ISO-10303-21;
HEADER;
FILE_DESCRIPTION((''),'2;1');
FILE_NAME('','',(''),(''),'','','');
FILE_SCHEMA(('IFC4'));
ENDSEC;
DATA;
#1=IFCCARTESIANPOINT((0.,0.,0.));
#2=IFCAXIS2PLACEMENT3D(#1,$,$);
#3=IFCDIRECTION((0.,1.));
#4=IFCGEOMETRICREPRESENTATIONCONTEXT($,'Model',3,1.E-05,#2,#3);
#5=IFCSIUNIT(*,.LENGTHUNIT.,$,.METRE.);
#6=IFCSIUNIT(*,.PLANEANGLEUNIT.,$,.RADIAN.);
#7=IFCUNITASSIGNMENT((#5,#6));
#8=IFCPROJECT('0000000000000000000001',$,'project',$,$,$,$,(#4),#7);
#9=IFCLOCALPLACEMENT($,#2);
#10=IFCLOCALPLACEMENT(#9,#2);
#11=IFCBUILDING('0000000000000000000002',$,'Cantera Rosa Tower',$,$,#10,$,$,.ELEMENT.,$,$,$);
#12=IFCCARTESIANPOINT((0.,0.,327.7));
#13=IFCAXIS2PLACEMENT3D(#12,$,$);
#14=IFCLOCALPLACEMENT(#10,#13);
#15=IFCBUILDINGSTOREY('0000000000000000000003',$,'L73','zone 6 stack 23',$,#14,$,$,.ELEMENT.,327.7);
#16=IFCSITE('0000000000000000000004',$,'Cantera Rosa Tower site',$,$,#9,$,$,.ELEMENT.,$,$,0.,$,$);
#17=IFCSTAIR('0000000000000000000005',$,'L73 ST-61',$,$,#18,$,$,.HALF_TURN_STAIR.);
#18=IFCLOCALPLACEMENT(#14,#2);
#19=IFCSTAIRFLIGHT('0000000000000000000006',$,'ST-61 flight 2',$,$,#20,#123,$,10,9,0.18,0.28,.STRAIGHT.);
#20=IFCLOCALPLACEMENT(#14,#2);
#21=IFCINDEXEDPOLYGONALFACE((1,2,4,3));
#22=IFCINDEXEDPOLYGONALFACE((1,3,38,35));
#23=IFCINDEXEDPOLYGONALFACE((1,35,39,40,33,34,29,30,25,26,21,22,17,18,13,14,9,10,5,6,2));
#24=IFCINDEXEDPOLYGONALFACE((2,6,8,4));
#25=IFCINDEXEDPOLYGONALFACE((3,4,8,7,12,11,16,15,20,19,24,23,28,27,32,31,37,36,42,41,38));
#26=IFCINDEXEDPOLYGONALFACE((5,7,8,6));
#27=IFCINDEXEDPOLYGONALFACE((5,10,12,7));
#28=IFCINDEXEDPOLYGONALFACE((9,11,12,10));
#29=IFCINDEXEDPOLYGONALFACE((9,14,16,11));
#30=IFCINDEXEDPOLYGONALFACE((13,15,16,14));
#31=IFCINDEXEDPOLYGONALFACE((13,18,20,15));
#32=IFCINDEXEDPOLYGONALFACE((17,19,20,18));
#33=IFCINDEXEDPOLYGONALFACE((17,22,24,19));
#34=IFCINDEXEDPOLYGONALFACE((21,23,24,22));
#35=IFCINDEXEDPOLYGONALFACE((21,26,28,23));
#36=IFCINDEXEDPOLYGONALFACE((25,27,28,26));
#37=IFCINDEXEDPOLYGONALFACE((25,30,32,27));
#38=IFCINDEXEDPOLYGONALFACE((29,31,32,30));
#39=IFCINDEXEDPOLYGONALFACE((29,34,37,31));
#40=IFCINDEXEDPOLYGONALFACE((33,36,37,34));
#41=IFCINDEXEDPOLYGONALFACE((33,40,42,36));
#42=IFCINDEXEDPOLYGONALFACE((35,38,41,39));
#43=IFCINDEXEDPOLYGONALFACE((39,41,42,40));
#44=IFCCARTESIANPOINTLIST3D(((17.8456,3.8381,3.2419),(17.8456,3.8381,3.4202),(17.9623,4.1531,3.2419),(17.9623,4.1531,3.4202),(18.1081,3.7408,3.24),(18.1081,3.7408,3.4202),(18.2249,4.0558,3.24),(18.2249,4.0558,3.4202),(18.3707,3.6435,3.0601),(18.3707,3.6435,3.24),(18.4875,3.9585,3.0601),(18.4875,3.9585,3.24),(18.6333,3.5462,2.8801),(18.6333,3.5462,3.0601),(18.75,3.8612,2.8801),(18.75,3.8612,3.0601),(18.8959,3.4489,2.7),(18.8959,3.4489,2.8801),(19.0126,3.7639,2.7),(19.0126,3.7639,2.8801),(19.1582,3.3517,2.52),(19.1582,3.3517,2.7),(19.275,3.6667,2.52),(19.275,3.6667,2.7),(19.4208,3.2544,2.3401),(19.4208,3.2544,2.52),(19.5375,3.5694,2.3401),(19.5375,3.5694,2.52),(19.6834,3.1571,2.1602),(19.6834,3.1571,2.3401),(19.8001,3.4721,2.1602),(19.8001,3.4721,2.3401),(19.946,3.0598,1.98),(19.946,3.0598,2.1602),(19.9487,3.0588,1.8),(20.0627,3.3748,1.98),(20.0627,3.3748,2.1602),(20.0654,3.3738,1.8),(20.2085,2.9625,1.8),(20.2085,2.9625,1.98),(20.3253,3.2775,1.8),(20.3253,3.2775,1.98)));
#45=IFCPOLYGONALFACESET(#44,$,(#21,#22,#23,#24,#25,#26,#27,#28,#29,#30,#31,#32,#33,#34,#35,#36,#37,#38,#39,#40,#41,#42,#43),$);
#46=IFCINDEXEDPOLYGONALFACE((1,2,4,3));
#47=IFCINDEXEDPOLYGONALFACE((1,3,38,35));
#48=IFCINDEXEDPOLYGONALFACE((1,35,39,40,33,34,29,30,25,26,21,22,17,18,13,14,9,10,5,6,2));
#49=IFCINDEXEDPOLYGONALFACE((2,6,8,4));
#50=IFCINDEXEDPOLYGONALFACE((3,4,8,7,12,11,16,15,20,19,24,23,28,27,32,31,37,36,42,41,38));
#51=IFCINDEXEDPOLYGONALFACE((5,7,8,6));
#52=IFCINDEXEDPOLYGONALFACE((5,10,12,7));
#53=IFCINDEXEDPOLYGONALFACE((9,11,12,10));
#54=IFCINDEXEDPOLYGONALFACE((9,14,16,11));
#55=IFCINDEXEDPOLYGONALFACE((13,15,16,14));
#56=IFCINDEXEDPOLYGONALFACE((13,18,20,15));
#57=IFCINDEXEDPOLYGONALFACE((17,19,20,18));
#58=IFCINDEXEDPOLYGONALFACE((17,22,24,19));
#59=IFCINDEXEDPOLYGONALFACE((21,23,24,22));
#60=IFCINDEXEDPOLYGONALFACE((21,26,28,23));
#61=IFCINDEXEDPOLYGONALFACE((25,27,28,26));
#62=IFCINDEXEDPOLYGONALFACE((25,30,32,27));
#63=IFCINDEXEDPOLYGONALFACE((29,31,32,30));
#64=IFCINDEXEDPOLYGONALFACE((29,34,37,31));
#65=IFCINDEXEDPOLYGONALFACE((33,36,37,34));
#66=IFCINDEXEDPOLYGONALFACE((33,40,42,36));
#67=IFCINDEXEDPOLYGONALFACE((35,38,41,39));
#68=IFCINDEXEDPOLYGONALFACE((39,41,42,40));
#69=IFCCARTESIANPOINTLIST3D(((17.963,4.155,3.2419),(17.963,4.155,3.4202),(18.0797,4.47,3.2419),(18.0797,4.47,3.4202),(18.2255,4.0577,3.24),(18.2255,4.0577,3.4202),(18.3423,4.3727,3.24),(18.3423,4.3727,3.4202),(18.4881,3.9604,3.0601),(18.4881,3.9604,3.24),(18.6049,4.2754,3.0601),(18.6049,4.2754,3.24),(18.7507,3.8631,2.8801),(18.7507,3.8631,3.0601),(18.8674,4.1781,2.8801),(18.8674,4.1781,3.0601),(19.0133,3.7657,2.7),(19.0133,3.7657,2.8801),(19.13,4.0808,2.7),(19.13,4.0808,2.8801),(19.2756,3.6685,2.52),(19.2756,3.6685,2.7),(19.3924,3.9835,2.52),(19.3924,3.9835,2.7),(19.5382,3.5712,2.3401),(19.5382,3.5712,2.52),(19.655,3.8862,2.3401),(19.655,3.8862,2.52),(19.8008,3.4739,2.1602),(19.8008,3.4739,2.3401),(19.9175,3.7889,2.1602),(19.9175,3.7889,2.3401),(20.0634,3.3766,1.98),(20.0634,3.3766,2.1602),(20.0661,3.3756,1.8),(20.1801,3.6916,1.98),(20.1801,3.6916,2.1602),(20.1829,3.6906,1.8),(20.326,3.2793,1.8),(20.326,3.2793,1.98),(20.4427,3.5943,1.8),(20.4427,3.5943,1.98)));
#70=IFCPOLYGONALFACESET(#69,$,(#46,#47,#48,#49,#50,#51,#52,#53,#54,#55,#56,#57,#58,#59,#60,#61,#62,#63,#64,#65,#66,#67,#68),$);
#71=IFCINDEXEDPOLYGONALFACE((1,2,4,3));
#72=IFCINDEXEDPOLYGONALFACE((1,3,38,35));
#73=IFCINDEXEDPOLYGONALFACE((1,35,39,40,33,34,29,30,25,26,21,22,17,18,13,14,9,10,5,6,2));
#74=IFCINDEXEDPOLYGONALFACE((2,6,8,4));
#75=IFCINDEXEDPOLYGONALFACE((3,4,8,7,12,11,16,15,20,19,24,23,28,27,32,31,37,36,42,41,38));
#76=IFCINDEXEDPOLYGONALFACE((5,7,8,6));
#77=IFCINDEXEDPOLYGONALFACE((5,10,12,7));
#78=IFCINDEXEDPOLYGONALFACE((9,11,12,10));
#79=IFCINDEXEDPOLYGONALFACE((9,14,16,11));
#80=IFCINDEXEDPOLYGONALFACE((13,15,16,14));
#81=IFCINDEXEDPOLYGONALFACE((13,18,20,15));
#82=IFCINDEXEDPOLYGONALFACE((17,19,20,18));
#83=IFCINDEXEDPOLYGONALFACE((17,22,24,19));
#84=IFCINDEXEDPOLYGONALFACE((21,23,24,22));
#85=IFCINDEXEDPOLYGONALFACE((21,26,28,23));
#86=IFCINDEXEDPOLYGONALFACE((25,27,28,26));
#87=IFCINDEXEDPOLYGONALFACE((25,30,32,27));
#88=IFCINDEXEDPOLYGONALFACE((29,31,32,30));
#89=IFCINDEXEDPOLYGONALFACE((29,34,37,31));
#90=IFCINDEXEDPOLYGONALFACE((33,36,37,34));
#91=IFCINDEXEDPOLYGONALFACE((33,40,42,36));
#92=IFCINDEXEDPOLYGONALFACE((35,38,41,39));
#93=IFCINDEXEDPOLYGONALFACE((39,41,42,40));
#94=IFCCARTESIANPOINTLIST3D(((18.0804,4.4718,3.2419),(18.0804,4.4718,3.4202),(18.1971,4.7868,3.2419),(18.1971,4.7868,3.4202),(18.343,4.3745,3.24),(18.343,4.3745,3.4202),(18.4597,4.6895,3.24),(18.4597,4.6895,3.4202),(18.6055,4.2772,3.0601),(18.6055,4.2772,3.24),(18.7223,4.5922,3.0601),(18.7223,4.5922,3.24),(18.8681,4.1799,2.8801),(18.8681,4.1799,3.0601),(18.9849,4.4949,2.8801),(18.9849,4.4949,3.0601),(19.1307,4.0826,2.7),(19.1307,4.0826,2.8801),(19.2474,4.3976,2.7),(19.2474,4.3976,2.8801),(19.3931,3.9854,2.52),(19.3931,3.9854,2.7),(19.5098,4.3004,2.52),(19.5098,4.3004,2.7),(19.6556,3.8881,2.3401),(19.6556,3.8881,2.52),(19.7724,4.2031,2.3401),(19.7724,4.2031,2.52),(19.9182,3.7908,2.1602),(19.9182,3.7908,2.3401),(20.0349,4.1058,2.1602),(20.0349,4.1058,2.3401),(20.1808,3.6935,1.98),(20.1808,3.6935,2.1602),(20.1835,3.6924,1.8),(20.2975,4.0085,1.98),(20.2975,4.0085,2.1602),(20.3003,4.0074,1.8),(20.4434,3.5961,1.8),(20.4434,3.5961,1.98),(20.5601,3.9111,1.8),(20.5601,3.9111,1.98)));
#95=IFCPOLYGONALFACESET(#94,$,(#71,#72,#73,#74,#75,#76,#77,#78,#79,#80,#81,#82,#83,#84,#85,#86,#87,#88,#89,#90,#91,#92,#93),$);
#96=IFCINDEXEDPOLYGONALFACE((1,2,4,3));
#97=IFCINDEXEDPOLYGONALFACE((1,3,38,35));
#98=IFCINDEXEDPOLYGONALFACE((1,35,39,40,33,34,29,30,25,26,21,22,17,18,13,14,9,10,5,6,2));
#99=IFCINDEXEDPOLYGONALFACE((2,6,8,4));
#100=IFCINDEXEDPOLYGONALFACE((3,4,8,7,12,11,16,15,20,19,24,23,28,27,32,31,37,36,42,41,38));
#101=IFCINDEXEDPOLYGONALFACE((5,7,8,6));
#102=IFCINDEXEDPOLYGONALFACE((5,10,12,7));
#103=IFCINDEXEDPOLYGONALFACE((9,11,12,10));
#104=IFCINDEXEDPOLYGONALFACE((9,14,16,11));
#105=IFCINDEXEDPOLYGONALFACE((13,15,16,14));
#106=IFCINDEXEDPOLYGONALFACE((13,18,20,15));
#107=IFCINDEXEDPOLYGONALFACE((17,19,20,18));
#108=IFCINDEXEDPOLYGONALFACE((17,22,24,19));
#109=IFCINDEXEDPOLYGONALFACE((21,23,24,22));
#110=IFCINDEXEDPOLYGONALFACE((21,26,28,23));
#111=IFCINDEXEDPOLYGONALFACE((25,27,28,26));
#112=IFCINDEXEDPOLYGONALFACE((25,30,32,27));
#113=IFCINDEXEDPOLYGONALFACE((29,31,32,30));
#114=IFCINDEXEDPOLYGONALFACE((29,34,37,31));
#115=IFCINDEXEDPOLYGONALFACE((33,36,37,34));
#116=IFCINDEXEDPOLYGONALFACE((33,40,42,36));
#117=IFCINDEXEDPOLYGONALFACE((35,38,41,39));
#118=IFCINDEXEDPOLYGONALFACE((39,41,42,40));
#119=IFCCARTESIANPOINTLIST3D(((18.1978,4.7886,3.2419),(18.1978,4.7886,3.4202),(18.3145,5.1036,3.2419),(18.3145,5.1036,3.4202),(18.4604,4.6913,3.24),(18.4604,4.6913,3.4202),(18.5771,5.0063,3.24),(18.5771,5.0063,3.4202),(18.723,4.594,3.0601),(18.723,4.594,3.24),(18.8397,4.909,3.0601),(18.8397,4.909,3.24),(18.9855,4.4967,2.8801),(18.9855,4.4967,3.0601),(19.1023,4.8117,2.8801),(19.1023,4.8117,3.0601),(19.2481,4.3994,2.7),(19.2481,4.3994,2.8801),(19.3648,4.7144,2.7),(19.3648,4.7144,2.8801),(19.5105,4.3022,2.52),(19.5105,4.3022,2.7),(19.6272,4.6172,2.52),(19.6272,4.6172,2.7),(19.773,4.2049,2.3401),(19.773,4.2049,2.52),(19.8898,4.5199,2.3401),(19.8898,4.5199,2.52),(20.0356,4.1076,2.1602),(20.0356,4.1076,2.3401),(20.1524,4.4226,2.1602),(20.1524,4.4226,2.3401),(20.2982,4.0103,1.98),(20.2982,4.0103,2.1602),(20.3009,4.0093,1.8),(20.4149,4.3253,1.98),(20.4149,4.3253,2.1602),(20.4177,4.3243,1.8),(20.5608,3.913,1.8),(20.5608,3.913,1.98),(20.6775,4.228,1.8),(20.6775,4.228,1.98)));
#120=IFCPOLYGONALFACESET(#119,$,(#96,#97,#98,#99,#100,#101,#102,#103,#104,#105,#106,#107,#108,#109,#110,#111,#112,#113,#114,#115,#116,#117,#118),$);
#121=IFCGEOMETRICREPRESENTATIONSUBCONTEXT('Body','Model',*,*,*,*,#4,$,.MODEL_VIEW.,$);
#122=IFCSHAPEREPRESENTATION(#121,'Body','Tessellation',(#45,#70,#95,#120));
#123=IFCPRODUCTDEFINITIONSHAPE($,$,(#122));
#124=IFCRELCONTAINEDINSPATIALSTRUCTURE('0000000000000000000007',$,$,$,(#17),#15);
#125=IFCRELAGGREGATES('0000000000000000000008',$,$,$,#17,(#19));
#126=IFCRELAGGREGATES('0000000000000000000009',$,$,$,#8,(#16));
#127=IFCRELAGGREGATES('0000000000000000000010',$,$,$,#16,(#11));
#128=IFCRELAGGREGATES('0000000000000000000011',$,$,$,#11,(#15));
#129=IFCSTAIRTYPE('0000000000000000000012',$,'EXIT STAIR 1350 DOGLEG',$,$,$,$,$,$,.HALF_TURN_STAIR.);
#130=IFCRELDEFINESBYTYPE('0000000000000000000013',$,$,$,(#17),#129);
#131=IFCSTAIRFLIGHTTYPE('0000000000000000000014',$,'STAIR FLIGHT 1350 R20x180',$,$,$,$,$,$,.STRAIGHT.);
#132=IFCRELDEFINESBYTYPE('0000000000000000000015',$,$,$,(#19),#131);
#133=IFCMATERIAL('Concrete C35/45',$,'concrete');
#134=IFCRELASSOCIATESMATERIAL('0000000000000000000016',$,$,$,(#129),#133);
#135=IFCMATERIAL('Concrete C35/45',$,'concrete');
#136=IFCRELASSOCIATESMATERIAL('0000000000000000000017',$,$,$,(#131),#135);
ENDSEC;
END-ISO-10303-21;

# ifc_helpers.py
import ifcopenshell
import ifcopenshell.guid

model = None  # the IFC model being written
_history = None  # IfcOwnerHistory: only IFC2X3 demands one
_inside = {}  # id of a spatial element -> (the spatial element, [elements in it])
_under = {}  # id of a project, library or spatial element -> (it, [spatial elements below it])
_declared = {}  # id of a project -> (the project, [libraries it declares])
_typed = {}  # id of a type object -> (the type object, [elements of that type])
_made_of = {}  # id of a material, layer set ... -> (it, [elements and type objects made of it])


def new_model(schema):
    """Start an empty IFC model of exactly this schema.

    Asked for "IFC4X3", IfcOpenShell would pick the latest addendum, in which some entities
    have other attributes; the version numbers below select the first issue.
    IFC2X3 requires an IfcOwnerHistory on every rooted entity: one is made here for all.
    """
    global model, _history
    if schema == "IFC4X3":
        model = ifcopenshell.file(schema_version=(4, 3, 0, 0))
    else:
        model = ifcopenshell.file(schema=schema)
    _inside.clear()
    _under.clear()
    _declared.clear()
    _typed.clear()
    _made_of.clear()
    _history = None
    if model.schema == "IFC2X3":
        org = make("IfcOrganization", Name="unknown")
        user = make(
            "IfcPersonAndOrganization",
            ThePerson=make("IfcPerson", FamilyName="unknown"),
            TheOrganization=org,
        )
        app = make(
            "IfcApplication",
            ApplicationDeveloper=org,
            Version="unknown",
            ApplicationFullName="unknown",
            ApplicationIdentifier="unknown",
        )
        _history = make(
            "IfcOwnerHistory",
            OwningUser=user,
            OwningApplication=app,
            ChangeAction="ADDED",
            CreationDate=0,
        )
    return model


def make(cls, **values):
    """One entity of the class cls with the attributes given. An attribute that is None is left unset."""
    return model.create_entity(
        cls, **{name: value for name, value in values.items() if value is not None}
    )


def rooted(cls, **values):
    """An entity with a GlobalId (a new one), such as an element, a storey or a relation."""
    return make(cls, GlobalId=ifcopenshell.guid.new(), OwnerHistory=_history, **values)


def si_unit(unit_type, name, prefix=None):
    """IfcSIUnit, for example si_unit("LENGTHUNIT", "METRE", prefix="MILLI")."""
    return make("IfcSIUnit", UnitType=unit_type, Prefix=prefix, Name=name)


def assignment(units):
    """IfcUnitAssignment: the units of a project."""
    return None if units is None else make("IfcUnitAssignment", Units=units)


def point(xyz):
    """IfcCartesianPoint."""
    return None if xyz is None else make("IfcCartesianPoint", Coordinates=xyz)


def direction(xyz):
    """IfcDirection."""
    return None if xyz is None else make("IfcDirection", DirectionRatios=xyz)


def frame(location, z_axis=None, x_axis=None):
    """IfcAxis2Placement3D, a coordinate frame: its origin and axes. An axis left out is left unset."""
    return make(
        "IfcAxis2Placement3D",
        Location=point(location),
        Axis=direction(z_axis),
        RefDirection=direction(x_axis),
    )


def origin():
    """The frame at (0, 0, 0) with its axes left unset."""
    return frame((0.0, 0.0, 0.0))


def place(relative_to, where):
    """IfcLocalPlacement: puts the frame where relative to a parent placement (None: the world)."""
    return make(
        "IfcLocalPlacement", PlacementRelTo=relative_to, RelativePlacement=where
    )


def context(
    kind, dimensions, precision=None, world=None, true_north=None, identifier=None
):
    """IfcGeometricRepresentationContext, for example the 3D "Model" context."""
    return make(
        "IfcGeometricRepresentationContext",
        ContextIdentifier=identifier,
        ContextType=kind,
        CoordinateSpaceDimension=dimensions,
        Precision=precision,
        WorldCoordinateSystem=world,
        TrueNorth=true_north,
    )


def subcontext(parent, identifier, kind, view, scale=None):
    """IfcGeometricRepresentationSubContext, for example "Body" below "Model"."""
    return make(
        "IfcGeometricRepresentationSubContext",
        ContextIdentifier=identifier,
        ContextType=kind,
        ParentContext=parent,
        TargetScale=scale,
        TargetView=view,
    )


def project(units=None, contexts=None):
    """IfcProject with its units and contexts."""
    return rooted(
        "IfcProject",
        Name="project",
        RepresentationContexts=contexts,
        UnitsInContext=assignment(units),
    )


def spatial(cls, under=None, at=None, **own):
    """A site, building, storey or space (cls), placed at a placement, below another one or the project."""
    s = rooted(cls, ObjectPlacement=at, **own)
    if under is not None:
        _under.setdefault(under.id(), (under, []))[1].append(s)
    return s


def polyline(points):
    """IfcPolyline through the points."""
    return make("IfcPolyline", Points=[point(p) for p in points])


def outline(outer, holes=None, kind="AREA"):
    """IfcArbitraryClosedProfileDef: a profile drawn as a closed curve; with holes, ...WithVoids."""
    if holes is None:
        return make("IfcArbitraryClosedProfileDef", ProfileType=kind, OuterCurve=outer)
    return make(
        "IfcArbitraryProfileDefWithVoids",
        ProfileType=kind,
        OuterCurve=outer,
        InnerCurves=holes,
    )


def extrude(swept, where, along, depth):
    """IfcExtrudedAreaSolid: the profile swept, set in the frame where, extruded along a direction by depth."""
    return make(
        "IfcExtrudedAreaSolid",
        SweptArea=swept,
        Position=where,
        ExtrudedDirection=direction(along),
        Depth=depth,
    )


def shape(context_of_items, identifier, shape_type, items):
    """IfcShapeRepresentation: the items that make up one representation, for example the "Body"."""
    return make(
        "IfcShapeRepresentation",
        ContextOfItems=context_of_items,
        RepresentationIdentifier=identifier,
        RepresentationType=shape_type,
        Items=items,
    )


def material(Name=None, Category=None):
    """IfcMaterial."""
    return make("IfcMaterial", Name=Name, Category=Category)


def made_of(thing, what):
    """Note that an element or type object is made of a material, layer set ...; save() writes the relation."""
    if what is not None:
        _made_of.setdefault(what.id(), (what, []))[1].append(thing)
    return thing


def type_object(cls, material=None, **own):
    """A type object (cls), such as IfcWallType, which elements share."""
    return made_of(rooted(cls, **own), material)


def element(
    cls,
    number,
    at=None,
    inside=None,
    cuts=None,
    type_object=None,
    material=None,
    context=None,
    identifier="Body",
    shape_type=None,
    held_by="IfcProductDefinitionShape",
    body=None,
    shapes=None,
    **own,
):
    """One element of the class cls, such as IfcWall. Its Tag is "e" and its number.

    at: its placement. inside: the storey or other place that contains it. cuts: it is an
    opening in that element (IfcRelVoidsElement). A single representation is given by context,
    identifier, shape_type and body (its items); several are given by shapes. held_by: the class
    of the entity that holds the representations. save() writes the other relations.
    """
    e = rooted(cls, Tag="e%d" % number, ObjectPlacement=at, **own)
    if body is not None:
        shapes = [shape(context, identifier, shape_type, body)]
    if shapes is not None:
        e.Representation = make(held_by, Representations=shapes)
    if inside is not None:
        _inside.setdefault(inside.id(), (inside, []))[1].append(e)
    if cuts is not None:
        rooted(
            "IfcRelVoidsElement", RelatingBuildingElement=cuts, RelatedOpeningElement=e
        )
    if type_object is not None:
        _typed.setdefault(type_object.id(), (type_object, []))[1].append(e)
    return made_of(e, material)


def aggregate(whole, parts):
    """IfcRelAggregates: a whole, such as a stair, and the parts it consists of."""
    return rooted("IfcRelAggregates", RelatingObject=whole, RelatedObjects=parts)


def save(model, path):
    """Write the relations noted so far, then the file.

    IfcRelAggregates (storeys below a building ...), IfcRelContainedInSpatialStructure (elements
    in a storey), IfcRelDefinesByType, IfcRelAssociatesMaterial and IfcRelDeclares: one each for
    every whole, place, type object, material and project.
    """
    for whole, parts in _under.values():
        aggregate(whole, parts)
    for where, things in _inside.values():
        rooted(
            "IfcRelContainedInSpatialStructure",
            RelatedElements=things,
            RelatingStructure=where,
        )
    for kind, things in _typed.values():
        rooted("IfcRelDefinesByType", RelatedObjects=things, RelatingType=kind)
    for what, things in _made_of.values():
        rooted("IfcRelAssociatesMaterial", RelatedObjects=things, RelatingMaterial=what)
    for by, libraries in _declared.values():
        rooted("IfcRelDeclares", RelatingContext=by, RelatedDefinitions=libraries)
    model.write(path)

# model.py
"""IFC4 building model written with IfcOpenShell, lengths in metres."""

from ifc_helpers import new_model, si_unit, direction, frame, origin, place, context, subcontext, project, spatial, polyline, outline, extrude, material, type_object, element, aggregate, save


model = new_model("IFC4")

# Units and contexts
model_context = context("Model", 3, precision=1e-05, world=origin(), true_north=direction((0.0, 1.0)))
body_context = subcontext(model_context, "Body", "Model", "MODEL_VIEW")
ifc_project = project(units=[si_unit("LENGTHUNIT", "METRE"), si_unit("PLANEANGLEUNIT", "RADIAN")], contexts=[model_context])

# Site, building, storey
site_placement = place(None, origin())
site = spatial("IfcSite", under=ifc_project, at=site_placement, Name="Cantera Rosa Tower site", CompositionType="ELEMENT", RefElevation=0.0)
building_placement = place(site_placement, origin())
building = spatial("IfcBuilding", under=site, at=building_placement, Name="Cantera Rosa Tower", CompositionType="ELEMENT")
storey_placement = place(building_placement, frame((0.0, 0.0, 327.7)))
storey = spatial("IfcBuildingStorey", under=building, at=storey_placement, Name="L73", Description="zone 6 stack 23", CompositionType="ELEMENT", Elevation=327.7)

# Stair, stair flight
ifc_material_1 = material(Name="Concrete C35/45", Category="concrete")
stair_type = type_object("IfcStairType", Name="EXIT STAIR 1350 DOGLEG", PredefinedType="HALF_TURN_STAIR", material=ifc_material_1)
stair_placement = place(storey_placement, origin())
stair = element("IfcStair", 1, at=stair_placement, inside=storey, type_object=stair_type, Name="L73 ST-61", PredefinedType="HALF_TURN_STAIR")
ifc_material_2 = material(Name="Concrete C35/45", Category="concrete")
stair_flight_type = type_object("IfcStairFlightType", Name="STAIR FLIGHT 1350 R20x180", PredefinedType="STRAIGHT", material=ifc_material_2)
stair_flight_1_placement = place(storey_placement, frame((20.4431, 3.5955, 1.8), z_axis=(0.0, 0.0, 1.0), x_axis=(-0.937687, 0.347481, 0.0)))
stair_flight_1 = element("IfcStairFlight", 2, at=stair_flight_1_placement, type_object=stair_flight_type, Name="ST-61 flight 2", NumberOfRisers=10, NumberOfTreads=9, PredefinedType="STRAIGHT", RiserHeight=0.18, TreadLength=0.28, context=body_context, shape_type="SweptSolid", body=[
    extrude(outline(polyline([(0.0, 0.0), (0.0, 0.1799), (0.28, 0.1799), (0.28, 0.3601), (0.5601, 0.3601), (0.5601, 0.54), (0.8401, 0.54), (0.8401, 0.72), (1.1201, 0.72), (1.1201, 0.8999), (1.3999, 0.8999), (1.3999, 1.0801), (1.6799, 1.0801), (1.6799, 1.26), (1.96, 1.26), (1.96, 1.4399), (2.24, 1.4399), (2.24, 1.6201), (2.52, 1.6201), (2.52, 1.8), (2.52, 1.4419), (0.2771, 0.0), (0.0, 0.0)])), frame((0.0, 0.675, 0.0), z_axis=(0.0, -1.0, 0.0), x_axis=(1.0, 0.0, 0.0)), (0.0, 0.0, 1.0), 0.3359),
    extrude(outline(polyline([(0.0, 0.0), (0.0, 0.1799), (0.28, 0.1799), (0.28, 0.3601), (0.5601, 0.3601), (0.5601, 0.54), (0.8401, 0.54), (0.8401, 0.72), (1.1201, 0.72), (1.1201, 0.8999), (1.3999, 0.8999), (1.3999, 1.0801), (1.6799, 1.0801), (1.6799, 1.26), (1.96, 1.26), (1.96, 1.4399), (2.24, 1.4399), (2.24, 1.6201), (2.52, 1.6201), (2.52, 1.8), (2.52, 1.4419), (0.2771, 0.0), (0.0, 0.0)])), frame((0.0, 0.3372, 0.0), z_axis=(0.0, -1.0, 0.0), x_axis=(1.0, 0.0, 0.0)), (0.0, 0.0, 1.0), 0.3359),
    extrude(outline(polyline([(0.0, 0.0), (0.0, 0.1799), (0.28, 0.1799), (0.28, 0.3601), (0.5601, 0.3601), (0.5601, 0.54), (0.8401, 0.54), (0.8401, 0.72), (1.1201, 0.72), (1.1201, 0.8999), (1.3999, 0.8999), (1.3999, 1.0801), (1.6799, 1.0801), (1.6799, 1.26), (1.96, 1.26), (1.96, 1.4399), (2.24, 1.4399), (2.24, 1.6201), (2.52, 1.6201), (2.52, 1.8), (2.52, 1.4419), (0.2771, 0.0), (0.0, 0.0)])), frame((0.0, -0.0007, 0.0), z_axis=(0.0, -1.0, 0.0), x_axis=(1.0, 0.0, 0.0)), (0.0, 0.0, 1.0), 0.3359),
    extrude(outline(polyline([(0.0, 0.0), (0.0, 0.1799), (0.28, 0.1799), (0.28, 0.3601), (0.5601, 0.3601), (0.5601, 0.54), (0.8401, 0.54), (0.8401, 0.72), (1.1201, 0.72), (1.1201, 0.8999), (1.3999, 0.8999), (1.3999, 1.0801), (1.6799, 1.0801), (1.6799, 1.26), (1.96, 1.26), (1.96, 1.4399), (2.24, 1.4399), (2.24, 1.6201), (2.52, 1.6201), (2.52, 1.8), (2.52, 1.4419), (0.2771, 0.0), (0.0, 0.0)])), frame((0.0, -0.3386, 0.0), z_axis=(0.0, -1.0, 0.0), x_axis=(1.0, 0.0, 0.0)), (0.0, 0.0, 1.0), 0.3359),
])
aggregate(stair, [stair_flight_1])

save(model, "model.ifc")
